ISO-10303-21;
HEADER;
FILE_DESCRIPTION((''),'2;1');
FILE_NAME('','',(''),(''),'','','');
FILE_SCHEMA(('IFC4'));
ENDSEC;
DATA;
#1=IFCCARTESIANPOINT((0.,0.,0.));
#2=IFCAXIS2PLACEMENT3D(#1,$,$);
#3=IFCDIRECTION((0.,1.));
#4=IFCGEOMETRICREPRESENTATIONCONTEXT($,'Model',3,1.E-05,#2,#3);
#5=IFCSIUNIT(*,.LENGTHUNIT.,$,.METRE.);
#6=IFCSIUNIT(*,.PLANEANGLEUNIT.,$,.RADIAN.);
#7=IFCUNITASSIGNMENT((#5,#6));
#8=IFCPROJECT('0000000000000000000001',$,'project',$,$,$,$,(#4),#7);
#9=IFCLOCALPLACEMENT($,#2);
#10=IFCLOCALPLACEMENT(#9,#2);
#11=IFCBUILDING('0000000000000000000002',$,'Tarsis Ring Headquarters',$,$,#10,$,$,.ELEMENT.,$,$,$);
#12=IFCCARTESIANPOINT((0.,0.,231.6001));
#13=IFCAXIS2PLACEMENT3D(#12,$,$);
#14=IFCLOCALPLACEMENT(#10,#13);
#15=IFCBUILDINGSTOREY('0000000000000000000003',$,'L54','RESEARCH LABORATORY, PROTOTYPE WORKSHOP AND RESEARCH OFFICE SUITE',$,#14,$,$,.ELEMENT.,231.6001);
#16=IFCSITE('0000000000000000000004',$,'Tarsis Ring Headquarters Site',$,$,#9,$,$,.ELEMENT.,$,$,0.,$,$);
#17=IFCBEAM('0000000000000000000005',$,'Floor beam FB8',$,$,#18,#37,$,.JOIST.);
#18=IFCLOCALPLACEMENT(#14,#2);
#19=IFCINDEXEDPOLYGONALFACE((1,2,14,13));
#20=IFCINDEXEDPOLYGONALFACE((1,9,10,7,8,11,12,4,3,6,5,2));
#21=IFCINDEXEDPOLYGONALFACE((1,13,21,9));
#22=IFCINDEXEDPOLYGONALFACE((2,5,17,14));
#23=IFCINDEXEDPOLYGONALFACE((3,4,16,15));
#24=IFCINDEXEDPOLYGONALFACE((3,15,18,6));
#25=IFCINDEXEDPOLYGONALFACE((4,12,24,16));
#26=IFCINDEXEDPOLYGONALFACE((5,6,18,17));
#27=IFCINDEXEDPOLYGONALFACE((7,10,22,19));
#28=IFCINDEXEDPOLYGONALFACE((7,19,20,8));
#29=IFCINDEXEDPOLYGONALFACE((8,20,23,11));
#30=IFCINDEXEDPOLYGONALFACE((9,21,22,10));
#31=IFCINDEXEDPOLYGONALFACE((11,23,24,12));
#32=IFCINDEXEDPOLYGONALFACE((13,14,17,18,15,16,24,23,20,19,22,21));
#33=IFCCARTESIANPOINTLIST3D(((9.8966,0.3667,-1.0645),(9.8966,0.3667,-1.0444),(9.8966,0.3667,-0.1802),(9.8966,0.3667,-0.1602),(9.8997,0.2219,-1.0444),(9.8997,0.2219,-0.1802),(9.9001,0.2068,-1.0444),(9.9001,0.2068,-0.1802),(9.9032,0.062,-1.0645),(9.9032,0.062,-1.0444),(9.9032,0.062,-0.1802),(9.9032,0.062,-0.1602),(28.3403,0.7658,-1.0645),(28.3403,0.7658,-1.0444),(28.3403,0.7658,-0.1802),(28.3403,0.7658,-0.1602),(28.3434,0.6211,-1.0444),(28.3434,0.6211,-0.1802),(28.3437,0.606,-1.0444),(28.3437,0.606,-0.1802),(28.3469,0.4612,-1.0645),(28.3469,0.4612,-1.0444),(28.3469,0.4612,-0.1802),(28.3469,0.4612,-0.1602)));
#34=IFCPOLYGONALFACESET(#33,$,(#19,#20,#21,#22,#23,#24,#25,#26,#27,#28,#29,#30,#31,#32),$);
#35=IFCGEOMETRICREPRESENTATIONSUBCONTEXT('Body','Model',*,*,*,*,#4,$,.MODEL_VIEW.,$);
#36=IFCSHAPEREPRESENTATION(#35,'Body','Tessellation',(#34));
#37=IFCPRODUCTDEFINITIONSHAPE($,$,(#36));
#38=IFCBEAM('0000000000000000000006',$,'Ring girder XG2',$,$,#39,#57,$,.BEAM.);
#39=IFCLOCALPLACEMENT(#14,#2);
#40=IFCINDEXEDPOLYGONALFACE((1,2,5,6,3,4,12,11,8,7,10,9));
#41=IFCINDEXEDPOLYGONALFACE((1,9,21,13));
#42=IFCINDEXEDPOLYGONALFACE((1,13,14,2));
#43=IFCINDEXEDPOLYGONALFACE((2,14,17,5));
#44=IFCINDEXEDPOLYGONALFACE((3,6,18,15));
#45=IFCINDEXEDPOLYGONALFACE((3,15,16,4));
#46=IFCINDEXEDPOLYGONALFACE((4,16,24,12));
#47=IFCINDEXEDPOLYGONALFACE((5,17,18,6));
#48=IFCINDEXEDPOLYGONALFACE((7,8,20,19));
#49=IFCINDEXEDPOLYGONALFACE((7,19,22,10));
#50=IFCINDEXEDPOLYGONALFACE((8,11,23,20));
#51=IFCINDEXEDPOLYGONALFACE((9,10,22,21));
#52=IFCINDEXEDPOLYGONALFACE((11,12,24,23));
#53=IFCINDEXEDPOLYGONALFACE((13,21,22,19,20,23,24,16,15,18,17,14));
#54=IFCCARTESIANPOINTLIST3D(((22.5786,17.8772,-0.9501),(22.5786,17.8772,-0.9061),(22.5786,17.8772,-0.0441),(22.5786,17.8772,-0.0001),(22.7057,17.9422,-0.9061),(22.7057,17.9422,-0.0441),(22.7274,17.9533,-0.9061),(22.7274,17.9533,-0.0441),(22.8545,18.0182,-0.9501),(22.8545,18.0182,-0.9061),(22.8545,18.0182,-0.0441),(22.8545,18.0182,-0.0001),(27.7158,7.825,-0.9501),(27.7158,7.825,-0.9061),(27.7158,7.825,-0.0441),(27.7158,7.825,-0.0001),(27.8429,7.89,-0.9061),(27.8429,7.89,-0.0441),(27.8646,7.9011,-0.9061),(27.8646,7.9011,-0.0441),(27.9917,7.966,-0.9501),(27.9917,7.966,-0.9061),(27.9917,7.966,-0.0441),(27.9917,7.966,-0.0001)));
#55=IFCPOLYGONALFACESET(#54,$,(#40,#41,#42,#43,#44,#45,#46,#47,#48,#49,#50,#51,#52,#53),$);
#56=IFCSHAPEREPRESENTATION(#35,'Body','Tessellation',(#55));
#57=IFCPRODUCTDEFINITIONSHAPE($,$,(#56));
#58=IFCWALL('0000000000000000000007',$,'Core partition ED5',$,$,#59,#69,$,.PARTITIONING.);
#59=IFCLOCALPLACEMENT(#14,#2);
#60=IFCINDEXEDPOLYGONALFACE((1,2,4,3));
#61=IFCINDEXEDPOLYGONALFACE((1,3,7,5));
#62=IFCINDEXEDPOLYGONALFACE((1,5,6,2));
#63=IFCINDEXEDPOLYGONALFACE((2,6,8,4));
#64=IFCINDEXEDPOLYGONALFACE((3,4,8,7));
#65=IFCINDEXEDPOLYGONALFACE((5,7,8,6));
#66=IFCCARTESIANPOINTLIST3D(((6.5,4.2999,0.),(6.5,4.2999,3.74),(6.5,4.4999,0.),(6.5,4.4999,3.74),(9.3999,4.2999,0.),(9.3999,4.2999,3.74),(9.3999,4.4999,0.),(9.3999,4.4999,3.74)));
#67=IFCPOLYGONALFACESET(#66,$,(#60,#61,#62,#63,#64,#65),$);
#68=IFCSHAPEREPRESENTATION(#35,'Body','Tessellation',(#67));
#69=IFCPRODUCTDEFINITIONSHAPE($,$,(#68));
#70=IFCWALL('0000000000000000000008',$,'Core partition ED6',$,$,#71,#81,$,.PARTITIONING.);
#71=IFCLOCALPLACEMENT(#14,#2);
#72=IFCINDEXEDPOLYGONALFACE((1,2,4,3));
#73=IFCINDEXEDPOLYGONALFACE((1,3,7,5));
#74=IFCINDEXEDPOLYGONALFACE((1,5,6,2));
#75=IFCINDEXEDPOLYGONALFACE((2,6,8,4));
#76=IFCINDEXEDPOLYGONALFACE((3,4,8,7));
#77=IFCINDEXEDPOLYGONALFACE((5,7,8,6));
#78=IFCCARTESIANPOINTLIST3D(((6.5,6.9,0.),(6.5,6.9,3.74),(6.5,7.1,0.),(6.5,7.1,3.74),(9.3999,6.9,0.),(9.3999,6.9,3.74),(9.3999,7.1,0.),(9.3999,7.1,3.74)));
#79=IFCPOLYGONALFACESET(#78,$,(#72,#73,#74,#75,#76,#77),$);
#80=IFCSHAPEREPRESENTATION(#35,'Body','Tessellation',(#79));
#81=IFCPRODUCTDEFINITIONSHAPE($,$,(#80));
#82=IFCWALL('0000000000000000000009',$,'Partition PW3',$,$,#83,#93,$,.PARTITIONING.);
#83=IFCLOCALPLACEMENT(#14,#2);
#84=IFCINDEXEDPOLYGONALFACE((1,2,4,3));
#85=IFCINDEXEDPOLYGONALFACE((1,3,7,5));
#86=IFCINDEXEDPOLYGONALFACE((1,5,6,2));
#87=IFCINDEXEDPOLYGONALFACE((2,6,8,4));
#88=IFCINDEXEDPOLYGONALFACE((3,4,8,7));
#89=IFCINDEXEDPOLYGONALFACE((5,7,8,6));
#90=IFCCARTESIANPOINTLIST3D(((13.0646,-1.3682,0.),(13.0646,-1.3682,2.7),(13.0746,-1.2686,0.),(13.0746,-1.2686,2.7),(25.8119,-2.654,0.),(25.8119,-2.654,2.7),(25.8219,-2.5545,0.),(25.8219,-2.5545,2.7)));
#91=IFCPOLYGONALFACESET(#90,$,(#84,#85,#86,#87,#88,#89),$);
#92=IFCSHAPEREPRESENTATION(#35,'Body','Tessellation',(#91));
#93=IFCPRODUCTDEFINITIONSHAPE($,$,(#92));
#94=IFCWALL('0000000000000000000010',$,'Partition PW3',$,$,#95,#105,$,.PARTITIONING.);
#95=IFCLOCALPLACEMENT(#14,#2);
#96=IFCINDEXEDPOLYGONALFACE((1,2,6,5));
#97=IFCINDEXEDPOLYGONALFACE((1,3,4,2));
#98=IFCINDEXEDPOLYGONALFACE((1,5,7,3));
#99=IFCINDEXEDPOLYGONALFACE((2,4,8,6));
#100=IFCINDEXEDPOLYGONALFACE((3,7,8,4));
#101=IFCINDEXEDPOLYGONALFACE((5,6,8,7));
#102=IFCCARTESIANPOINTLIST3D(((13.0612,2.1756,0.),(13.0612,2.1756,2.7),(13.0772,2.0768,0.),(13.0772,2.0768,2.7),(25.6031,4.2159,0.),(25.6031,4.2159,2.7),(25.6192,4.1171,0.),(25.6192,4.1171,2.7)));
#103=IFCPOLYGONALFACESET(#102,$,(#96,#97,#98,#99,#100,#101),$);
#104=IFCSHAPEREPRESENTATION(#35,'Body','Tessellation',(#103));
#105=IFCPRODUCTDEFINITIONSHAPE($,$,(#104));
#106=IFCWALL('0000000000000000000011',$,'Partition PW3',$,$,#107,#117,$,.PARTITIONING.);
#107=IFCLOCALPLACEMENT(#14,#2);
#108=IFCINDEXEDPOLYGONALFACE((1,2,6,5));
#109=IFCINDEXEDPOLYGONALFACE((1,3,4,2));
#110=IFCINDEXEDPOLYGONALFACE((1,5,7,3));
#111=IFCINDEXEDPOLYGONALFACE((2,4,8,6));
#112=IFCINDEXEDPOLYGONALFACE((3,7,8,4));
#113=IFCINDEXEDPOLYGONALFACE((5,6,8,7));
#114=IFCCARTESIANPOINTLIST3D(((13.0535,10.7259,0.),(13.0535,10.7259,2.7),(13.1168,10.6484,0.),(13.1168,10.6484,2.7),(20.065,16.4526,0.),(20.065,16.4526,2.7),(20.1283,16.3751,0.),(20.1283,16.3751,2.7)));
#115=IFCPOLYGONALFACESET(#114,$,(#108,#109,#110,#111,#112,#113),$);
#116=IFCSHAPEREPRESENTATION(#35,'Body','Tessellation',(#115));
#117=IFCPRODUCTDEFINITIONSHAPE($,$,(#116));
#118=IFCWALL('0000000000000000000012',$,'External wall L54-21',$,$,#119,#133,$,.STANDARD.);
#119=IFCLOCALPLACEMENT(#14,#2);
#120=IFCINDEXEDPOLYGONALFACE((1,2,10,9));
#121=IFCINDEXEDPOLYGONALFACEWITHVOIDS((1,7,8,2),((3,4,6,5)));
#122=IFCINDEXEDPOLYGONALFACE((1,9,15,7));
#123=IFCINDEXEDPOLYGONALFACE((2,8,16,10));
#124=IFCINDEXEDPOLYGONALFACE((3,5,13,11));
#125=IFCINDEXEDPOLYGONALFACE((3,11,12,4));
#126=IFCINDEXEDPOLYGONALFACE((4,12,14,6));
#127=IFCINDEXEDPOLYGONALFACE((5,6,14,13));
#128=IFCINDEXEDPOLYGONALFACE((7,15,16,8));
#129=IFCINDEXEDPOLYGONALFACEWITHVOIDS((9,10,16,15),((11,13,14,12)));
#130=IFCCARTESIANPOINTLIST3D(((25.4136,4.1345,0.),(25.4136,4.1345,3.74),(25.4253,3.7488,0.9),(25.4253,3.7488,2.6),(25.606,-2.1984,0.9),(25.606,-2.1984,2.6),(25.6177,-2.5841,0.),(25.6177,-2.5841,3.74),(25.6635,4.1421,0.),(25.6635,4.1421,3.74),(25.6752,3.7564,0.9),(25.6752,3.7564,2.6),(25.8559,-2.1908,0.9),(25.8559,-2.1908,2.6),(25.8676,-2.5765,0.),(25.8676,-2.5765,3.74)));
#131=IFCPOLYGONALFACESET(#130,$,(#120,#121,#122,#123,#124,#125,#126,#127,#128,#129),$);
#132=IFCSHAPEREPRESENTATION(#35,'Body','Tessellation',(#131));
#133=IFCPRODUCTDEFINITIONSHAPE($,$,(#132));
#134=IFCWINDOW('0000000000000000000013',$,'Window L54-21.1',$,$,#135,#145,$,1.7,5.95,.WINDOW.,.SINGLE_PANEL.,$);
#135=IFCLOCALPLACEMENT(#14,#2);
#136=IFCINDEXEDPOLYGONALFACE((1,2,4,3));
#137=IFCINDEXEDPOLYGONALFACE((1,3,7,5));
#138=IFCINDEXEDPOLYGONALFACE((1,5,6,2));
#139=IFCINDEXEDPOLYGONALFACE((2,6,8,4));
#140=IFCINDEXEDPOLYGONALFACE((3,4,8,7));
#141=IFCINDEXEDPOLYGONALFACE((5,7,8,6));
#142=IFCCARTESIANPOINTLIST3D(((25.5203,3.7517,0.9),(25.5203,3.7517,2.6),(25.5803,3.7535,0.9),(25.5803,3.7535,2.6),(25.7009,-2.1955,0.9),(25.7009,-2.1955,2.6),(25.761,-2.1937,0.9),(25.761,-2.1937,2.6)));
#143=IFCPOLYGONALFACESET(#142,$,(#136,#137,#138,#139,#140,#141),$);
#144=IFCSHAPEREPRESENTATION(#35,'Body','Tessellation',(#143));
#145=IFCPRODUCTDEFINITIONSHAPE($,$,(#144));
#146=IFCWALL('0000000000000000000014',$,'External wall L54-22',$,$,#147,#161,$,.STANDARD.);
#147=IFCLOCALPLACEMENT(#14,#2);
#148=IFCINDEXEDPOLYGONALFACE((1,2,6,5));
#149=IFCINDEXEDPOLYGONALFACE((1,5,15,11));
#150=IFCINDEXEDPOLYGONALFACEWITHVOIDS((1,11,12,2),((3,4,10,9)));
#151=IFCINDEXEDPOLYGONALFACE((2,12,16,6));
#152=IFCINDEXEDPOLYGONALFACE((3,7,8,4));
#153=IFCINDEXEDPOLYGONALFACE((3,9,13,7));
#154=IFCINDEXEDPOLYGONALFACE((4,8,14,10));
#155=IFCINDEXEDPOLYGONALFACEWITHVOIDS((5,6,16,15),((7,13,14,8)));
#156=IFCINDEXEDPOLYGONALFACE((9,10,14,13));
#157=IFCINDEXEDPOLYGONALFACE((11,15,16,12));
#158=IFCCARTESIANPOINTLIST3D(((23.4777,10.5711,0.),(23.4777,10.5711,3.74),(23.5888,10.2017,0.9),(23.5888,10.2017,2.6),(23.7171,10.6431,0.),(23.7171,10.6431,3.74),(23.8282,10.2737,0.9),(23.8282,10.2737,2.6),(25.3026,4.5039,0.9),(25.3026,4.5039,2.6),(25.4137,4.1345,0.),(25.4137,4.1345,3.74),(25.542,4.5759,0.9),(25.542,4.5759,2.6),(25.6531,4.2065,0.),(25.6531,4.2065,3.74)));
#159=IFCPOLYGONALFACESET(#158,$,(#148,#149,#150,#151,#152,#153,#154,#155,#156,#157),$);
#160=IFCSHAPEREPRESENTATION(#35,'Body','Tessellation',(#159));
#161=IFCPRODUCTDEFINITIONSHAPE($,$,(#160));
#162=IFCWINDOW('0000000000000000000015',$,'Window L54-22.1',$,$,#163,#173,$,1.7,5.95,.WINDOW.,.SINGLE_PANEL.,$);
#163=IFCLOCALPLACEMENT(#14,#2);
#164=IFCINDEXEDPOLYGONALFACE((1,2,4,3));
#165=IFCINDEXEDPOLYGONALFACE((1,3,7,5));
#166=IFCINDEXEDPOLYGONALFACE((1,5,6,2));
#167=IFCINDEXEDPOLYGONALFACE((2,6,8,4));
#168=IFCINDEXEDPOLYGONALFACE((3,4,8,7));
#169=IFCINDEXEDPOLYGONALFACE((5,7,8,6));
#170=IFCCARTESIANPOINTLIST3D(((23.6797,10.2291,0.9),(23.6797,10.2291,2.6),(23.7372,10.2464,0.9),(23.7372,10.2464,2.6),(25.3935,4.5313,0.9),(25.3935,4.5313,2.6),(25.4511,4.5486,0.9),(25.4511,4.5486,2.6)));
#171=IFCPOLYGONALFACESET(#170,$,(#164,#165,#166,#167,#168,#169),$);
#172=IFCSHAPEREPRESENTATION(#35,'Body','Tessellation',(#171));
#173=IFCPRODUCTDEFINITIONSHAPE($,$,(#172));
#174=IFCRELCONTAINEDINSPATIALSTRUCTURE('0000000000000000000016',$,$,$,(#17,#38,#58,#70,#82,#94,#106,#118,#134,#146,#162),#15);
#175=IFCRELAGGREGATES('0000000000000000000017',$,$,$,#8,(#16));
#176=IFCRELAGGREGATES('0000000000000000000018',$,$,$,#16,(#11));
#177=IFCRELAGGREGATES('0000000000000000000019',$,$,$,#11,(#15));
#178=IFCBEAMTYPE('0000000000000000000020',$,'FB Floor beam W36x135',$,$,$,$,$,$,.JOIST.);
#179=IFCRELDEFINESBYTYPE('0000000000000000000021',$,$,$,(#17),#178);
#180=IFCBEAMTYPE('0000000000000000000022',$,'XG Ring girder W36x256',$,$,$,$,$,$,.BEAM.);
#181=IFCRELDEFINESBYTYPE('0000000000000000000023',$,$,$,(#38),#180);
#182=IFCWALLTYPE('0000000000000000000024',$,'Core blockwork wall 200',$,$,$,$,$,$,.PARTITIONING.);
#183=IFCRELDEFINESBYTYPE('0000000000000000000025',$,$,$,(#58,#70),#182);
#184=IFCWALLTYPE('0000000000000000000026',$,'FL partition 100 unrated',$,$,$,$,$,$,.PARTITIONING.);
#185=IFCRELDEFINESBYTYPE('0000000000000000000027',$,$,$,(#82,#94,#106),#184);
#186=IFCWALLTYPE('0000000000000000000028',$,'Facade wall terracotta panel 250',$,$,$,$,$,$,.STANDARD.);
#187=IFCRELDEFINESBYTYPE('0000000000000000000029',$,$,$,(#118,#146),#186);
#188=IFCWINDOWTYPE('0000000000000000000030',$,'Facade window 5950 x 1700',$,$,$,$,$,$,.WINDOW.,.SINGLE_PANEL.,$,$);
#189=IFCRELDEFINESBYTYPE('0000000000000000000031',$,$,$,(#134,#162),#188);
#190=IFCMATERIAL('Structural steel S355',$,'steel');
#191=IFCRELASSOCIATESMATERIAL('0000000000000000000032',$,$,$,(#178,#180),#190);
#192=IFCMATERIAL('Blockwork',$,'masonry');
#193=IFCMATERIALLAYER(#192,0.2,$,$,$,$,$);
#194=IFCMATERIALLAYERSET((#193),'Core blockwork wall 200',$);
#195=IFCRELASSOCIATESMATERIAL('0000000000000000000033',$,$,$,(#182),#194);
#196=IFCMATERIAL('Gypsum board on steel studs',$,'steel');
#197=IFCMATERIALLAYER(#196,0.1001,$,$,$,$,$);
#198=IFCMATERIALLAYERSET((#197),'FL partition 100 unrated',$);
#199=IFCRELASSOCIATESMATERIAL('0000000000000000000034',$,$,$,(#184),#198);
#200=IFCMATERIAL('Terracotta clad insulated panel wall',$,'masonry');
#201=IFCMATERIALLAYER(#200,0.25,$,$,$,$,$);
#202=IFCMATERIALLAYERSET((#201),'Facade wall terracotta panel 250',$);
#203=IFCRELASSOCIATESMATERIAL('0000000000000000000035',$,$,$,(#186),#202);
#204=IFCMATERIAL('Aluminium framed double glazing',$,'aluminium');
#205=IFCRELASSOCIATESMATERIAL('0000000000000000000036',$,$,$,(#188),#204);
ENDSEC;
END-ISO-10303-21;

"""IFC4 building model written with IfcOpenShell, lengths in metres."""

from ifc_helpers import new_model, si_unit, direction, frame, frame_2d, origin, origin_2d, place, context, subcontext, project, spatial, rectangle, i_section, extrude, material, layer, layer_set, material_profile, profile_set, type_object, element, fill, save


model = new_model("IFC4")

# Units and contexts
model_context = context("Model", 3, precision=1e-05, world=origin(), true_north=direction((0.0, 1.0)))
body_context = subcontext(model_context, "Body", "Model", "MODEL_VIEW")
ifc_project = project(units=[si_unit("LENGTHUNIT", "METRE"), si_unit("PLANEANGLEUNIT", "RADIAN")], contexts=[model_context])

# Site, building, storey
site_placement = place(None, origin())
site = spatial("IfcSite", under=ifc_project, at=site_placement, Name="Tarsis Ring Headquarters Site", CompositionType="ELEMENT", RefElevation=0.0)
building_placement = place(site_placement, origin())
building = spatial("IfcBuilding", under=site, at=building_placement, Name="Tarsis Ring Headquarters", CompositionType="ELEMENT")
storey_placement = place(building_placement, frame((0.0, 0.0, 231.6001)))
storey = spatial("IfcBuildingStorey", under=building, at=storey_placement, Name="L54", Description="RESEARCH LABORATORY, PROTOTYPE WORKSHOP AND RESEARCH OFFICE SUITE", CompositionType="ELEMENT", Elevation=231.6001)

# Shared definitions
ifc_material_1 = material(Name="Structural steel S355", Category="steel")

# Beams
ifc_material_profile_1 = material_profile(ifc_material_1, i_section(OverallWidth=0.3047, OverallDepth=0.9043, WebThickness=0.0151, FlangeThickness=0.02, at=origin_2d()), Name="W36x135")
ifc_profile_set_1 = profile_set([ifc_material_profile_1], Name="Structural steel S355")
beam_type_1 = type_object("IfcBeamType", Name="FB Floor beam W36x135", PredefinedType="JOIST", material=ifc_profile_set_1)
beam_1_placement = place(storey_placement, frame((9.8999, 0.2144, -0.6123), z_axis=(0.999766, 0.021638, 0.0), x_axis=(-0.021638, 0.999766, 0.0)))
element("IfcBeam", 1, at=beam_1_placement, inside=storey, type_object=beam_type_1, Name="Floor beam FB8", PredefinedType="JOIST", context=body_context, shape_type="SweptSolid", body=[
    extrude(i_section(OverallWidth=0.3047, OverallDepth=0.9043, WebThickness=0.0151, FlangeThickness=0.02, at=origin_2d()), origin(), (0.0, 0.0, 1.0), 18.448),
])
ifc_material_profile_2 = material_profile(ifc_material_1, i_section(OverallWidth=0.3098, OverallDepth=0.95, WebThickness=0.0244, FlangeThickness=0.0439, at=origin_2d()), Name="W36x256")
ifc_profile_set_2 = profile_set([ifc_material_profile_2], Name="Structural steel S355")
beam_type_2 = type_object("IfcBeamType", Name="XG Ring girder W36x256", PredefinedType="BEAM", material=ifc_profile_set_2)
beam_2_placement = place(storey_placement, frame((27.8538, 7.8955, -0.4751), z_axis=(-0.455068, 0.890456, 0.0), x_axis=(-0.890456, -0.455068, 0.0)))
element("IfcBeam", 2, at=beam_2_placement, inside=storey, type_object=beam_type_2, Name="Ring girder XG2", PredefinedType="BEAM", context=body_context, shape_type="SweptSolid", body=[
    extrude(i_section(OverallWidth=0.3098, OverallDepth=0.95, WebThickness=0.0244, FlangeThickness=0.0439, at=origin_2d()), origin(), (0.0, 0.0, 1.0), 11.2888),
])

# Walls
ifc_material_2 = material(Name="Blockwork", Category="masonry")
ifc_layer_1 = layer(ifc_material_2, 0.2)
ifc_layer_set_1 = layer_set([ifc_layer_1], Name="Core blockwork wall 200")
wall_type_1 = type_object("IfcWallType", Name="Core blockwork wall 200", PredefinedType="PARTITIONING", material=ifc_layer_set_1)
for number, where, z_axis, x_axis, name in (
    (3, (6.5, 4.3999, 0.0), (0.0, 0.0, 1.0), (1.0, 0.0, 0.0), "Core partition ED5"),
    (4, (6.5, 7.0, 0.0), (0.0, 0.0, 1.0), (1.0, 0.0, 0.0), "Core partition ED6"),
):
    element("IfcWall", number, at=place(storey_placement, frame(where, z_axis=z_axis, x_axis=x_axis)), inside=storey, type_object=wall_type_1, Name=name, PredefinedType="PARTITIONING", context=body_context, shape_type="SweptSolid", body=[
        extrude(rectangle(XDim=2.8999, YDim=0.2, at=frame_2d((1.45, 0.0))), origin(), (0.0, 0.0, 1.0), 3.74),
    ])
ifc_material_3 = material(Name="Gypsum board on steel studs", Category="steel")
ifc_layer_2 = layer(ifc_material_3, 0.1001)
ifc_layer_set_2 = layer_set([ifc_layer_2], Name="FL partition 100 unrated")
wall_type_2 = type_object("IfcWallType", Name="FL partition 100 unrated", PredefinedType="PARTITIONING", material=ifc_layer_set_2)
wall_1_placement = place(storey_placement, frame((13.0696, -1.3184, 0.0), z_axis=(0.0, 0.0, 1.0), x_axis=(0.994951, -0.100366, 0.0)))
element("IfcWall", 5, at=wall_1_placement, inside=storey, type_object=wall_type_2, Name="Partition PW3", PredefinedType="PARTITIONING", context=body_context, shape_type="SweptSolid", body=[
    extrude(rectangle(XDim=12.812, YDim=0.1001, at=frame_2d((6.406, 0.0))), origin(), (0.0, 0.0, 1.0), 2.7),
])
wall_2_placement = place(storey_placement, frame((13.0691, 2.1262, 0.0), z_axis=(0.0, 0.0, 1.0), x_axis=(0.987025, 0.160565, 0.0)))
element("IfcWall", 6, at=wall_2_placement, inside=storey, type_object=wall_type_2, Name="Partition PW3", PredefinedType="PARTITIONING", context=body_context, shape_type="SweptSolid", body=[
    extrude(rectangle(XDim=12.7068, YDim=0.1001, at=frame_2d((6.3535, 0.0))), origin(), (0.0, 0.0, 1.0), 2.7),
])
wall_3_placement = place(storey_placement, frame((13.0852, 10.6873, 0.0), z_axis=(0.0, 0.0, 1.0), x_axis=(0.774504, 0.632569, 0.0)))
element("IfcWall", 7, at=wall_3_placement, inside=storey, type_object=wall_type_2, Name="Partition PW3", PredefinedType="PARTITIONING", context=body_context, shape_type="SweptSolid", body=[
    extrude(rectangle(XDim=9.053, YDim=0.1001, at=frame_2d((4.5264, 0.0))), origin(), (0.0, 0.0, 1.0), 2.7),
])

# Walls, openings, windows
ifc_material_4 = material(Name="Terracotta clad insulated panel wall", Category="masonry")
ifc_layer_3 = layer(ifc_material_4, 0.25)
ifc_layer_set_3 = layer_set([ifc_layer_3], Name="Facade wall terracotta panel 250")
wall_type_3 = type_object("IfcWallType", Name="Facade wall terracotta panel 250", PredefinedType="STANDARD", material=ifc_layer_set_3)
wall_4_placement = place(storey_placement, frame((25.7427, -2.5803, 0.0), z_axis=(0.0, 0.0, 1.0), x_axis=(-0.030365, 0.999539, 0.0)))
wall_4 = element("IfcWall", 8, at=wall_4_placement, inside=storey, type_object=wall_type_3, Name="External wall L54-21", PredefinedType="STANDARD", context=body_context, shape_type="SweptSolid", body=[
    extrude(rectangle(XDim=6.7217, YDim=0.25, at=frame_2d((3.3608, 0.0))), origin(), (0.0, 0.0, 1.0), 3.74),
])
opening_1_placement = place(wall_4_placement, frame((0.3857, 0.0, 0.8999)))
opening_1 = element("IfcOpeningElement", 9, at=opening_1_placement, cuts=wall_4, PredefinedType="OPENING", context=body_context, shape_type="SweptSolid", body=[
    extrude(rectangle(XDim=5.95, YDim=1.7, at=frame_2d((2.9751, 0.8501))), frame((0.0, 0.135, 0.0), z_axis=(0.0, -1.0, 0.0), x_axis=(1.0, 0.0, 0.0)), (0.0, 0.0, 1.0), 0.27),
])
ifc_material_5 = material(Name="Aluminium framed double glazing", Category="aluminium")
window_type = type_object("IfcWindowType", Name="Facade window 5950 x 1700", PartitioningType="SINGLE_PANEL", PredefinedType="WINDOW", material=ifc_material_5)
window_1_placement = place(opening_1_placement, origin())
window_1 = element("IfcWindow", 10, at=window_1_placement, inside=storey, type_object=window_type, Name="Window L54-21.1", OverallHeight=1.7, OverallWidth=5.95, PartitioningType="SINGLE_PANEL", PredefinedType="WINDOW", context=body_context, shape_type="SweptSolid", body=[
    extrude(rectangle(XDim=5.95, YDim=1.7, at=frame_2d((2.9751, 0.8501))), frame((0.0, 0.03, 0.0), z_axis=(0.0, -1.0, 0.0), x_axis=(1.0, 0.0, 0.0)), (0.0, 0.0, 1.0), 0.0601),
])
fill(opening_1, window_1)
wall_5_placement = place(storey_placement, frame((25.5334, 4.1704, 0.0), z_axis=(0.0, 0.0, 1.0), x_axis=(-0.288041, 0.957618, 0.0)))
wall_5 = element("IfcWall", 11, at=wall_5_placement, inside=storey, type_object=wall_type_3, Name="External wall L54-22", PredefinedType="STANDARD", context=body_context, shape_type="SweptSolid", body=[
    extrude(rectangle(XDim=6.7214, YDim=0.25, at=frame_2d((3.3608, 0.0))), origin(), (0.0, 0.0, 1.0), 3.74),
])
opening_2_placement = place(wall_5_placement, frame((0.3857, 0.0, 0.8999)))
opening_2 = element("IfcOpeningElement", 12, at=opening_2_placement, cuts=wall_5, PredefinedType="OPENING", context=body_context, shape_type="SweptSolid", body=[
    extrude(rectangle(XDim=5.95, YDim=1.7, at=frame_2d((2.9751, 0.8501))), frame((0.0, 0.135, 0.0), z_axis=(0.0, -1.0, 0.0), x_axis=(1.0, 0.0, 0.0)), (0.0, 0.0, 1.0), 0.27),
])
window_2_placement = place(opening_2_placement, origin())
window_2 = element("IfcWindow", 13, at=window_2_placement, inside=storey, type_object=window_type, Name="Window L54-22.1", OverallHeight=1.7, OverallWidth=5.95, PartitioningType="SINGLE_PANEL", PredefinedType="WINDOW", context=body_context, shape_type="SweptSolid", body=[
    extrude(rectangle(XDim=5.95, YDim=1.7, at=frame_2d((2.9751, 0.8501))), frame((0.0, 0.03, 0.0), z_axis=(0.0, -1.0, 0.0), x_axis=(1.0, 0.0, 0.0)), (0.0, 0.0, 1.0), 0.0601),
])
fill(opening_2, window_2)

save(model, "model.ifc")
